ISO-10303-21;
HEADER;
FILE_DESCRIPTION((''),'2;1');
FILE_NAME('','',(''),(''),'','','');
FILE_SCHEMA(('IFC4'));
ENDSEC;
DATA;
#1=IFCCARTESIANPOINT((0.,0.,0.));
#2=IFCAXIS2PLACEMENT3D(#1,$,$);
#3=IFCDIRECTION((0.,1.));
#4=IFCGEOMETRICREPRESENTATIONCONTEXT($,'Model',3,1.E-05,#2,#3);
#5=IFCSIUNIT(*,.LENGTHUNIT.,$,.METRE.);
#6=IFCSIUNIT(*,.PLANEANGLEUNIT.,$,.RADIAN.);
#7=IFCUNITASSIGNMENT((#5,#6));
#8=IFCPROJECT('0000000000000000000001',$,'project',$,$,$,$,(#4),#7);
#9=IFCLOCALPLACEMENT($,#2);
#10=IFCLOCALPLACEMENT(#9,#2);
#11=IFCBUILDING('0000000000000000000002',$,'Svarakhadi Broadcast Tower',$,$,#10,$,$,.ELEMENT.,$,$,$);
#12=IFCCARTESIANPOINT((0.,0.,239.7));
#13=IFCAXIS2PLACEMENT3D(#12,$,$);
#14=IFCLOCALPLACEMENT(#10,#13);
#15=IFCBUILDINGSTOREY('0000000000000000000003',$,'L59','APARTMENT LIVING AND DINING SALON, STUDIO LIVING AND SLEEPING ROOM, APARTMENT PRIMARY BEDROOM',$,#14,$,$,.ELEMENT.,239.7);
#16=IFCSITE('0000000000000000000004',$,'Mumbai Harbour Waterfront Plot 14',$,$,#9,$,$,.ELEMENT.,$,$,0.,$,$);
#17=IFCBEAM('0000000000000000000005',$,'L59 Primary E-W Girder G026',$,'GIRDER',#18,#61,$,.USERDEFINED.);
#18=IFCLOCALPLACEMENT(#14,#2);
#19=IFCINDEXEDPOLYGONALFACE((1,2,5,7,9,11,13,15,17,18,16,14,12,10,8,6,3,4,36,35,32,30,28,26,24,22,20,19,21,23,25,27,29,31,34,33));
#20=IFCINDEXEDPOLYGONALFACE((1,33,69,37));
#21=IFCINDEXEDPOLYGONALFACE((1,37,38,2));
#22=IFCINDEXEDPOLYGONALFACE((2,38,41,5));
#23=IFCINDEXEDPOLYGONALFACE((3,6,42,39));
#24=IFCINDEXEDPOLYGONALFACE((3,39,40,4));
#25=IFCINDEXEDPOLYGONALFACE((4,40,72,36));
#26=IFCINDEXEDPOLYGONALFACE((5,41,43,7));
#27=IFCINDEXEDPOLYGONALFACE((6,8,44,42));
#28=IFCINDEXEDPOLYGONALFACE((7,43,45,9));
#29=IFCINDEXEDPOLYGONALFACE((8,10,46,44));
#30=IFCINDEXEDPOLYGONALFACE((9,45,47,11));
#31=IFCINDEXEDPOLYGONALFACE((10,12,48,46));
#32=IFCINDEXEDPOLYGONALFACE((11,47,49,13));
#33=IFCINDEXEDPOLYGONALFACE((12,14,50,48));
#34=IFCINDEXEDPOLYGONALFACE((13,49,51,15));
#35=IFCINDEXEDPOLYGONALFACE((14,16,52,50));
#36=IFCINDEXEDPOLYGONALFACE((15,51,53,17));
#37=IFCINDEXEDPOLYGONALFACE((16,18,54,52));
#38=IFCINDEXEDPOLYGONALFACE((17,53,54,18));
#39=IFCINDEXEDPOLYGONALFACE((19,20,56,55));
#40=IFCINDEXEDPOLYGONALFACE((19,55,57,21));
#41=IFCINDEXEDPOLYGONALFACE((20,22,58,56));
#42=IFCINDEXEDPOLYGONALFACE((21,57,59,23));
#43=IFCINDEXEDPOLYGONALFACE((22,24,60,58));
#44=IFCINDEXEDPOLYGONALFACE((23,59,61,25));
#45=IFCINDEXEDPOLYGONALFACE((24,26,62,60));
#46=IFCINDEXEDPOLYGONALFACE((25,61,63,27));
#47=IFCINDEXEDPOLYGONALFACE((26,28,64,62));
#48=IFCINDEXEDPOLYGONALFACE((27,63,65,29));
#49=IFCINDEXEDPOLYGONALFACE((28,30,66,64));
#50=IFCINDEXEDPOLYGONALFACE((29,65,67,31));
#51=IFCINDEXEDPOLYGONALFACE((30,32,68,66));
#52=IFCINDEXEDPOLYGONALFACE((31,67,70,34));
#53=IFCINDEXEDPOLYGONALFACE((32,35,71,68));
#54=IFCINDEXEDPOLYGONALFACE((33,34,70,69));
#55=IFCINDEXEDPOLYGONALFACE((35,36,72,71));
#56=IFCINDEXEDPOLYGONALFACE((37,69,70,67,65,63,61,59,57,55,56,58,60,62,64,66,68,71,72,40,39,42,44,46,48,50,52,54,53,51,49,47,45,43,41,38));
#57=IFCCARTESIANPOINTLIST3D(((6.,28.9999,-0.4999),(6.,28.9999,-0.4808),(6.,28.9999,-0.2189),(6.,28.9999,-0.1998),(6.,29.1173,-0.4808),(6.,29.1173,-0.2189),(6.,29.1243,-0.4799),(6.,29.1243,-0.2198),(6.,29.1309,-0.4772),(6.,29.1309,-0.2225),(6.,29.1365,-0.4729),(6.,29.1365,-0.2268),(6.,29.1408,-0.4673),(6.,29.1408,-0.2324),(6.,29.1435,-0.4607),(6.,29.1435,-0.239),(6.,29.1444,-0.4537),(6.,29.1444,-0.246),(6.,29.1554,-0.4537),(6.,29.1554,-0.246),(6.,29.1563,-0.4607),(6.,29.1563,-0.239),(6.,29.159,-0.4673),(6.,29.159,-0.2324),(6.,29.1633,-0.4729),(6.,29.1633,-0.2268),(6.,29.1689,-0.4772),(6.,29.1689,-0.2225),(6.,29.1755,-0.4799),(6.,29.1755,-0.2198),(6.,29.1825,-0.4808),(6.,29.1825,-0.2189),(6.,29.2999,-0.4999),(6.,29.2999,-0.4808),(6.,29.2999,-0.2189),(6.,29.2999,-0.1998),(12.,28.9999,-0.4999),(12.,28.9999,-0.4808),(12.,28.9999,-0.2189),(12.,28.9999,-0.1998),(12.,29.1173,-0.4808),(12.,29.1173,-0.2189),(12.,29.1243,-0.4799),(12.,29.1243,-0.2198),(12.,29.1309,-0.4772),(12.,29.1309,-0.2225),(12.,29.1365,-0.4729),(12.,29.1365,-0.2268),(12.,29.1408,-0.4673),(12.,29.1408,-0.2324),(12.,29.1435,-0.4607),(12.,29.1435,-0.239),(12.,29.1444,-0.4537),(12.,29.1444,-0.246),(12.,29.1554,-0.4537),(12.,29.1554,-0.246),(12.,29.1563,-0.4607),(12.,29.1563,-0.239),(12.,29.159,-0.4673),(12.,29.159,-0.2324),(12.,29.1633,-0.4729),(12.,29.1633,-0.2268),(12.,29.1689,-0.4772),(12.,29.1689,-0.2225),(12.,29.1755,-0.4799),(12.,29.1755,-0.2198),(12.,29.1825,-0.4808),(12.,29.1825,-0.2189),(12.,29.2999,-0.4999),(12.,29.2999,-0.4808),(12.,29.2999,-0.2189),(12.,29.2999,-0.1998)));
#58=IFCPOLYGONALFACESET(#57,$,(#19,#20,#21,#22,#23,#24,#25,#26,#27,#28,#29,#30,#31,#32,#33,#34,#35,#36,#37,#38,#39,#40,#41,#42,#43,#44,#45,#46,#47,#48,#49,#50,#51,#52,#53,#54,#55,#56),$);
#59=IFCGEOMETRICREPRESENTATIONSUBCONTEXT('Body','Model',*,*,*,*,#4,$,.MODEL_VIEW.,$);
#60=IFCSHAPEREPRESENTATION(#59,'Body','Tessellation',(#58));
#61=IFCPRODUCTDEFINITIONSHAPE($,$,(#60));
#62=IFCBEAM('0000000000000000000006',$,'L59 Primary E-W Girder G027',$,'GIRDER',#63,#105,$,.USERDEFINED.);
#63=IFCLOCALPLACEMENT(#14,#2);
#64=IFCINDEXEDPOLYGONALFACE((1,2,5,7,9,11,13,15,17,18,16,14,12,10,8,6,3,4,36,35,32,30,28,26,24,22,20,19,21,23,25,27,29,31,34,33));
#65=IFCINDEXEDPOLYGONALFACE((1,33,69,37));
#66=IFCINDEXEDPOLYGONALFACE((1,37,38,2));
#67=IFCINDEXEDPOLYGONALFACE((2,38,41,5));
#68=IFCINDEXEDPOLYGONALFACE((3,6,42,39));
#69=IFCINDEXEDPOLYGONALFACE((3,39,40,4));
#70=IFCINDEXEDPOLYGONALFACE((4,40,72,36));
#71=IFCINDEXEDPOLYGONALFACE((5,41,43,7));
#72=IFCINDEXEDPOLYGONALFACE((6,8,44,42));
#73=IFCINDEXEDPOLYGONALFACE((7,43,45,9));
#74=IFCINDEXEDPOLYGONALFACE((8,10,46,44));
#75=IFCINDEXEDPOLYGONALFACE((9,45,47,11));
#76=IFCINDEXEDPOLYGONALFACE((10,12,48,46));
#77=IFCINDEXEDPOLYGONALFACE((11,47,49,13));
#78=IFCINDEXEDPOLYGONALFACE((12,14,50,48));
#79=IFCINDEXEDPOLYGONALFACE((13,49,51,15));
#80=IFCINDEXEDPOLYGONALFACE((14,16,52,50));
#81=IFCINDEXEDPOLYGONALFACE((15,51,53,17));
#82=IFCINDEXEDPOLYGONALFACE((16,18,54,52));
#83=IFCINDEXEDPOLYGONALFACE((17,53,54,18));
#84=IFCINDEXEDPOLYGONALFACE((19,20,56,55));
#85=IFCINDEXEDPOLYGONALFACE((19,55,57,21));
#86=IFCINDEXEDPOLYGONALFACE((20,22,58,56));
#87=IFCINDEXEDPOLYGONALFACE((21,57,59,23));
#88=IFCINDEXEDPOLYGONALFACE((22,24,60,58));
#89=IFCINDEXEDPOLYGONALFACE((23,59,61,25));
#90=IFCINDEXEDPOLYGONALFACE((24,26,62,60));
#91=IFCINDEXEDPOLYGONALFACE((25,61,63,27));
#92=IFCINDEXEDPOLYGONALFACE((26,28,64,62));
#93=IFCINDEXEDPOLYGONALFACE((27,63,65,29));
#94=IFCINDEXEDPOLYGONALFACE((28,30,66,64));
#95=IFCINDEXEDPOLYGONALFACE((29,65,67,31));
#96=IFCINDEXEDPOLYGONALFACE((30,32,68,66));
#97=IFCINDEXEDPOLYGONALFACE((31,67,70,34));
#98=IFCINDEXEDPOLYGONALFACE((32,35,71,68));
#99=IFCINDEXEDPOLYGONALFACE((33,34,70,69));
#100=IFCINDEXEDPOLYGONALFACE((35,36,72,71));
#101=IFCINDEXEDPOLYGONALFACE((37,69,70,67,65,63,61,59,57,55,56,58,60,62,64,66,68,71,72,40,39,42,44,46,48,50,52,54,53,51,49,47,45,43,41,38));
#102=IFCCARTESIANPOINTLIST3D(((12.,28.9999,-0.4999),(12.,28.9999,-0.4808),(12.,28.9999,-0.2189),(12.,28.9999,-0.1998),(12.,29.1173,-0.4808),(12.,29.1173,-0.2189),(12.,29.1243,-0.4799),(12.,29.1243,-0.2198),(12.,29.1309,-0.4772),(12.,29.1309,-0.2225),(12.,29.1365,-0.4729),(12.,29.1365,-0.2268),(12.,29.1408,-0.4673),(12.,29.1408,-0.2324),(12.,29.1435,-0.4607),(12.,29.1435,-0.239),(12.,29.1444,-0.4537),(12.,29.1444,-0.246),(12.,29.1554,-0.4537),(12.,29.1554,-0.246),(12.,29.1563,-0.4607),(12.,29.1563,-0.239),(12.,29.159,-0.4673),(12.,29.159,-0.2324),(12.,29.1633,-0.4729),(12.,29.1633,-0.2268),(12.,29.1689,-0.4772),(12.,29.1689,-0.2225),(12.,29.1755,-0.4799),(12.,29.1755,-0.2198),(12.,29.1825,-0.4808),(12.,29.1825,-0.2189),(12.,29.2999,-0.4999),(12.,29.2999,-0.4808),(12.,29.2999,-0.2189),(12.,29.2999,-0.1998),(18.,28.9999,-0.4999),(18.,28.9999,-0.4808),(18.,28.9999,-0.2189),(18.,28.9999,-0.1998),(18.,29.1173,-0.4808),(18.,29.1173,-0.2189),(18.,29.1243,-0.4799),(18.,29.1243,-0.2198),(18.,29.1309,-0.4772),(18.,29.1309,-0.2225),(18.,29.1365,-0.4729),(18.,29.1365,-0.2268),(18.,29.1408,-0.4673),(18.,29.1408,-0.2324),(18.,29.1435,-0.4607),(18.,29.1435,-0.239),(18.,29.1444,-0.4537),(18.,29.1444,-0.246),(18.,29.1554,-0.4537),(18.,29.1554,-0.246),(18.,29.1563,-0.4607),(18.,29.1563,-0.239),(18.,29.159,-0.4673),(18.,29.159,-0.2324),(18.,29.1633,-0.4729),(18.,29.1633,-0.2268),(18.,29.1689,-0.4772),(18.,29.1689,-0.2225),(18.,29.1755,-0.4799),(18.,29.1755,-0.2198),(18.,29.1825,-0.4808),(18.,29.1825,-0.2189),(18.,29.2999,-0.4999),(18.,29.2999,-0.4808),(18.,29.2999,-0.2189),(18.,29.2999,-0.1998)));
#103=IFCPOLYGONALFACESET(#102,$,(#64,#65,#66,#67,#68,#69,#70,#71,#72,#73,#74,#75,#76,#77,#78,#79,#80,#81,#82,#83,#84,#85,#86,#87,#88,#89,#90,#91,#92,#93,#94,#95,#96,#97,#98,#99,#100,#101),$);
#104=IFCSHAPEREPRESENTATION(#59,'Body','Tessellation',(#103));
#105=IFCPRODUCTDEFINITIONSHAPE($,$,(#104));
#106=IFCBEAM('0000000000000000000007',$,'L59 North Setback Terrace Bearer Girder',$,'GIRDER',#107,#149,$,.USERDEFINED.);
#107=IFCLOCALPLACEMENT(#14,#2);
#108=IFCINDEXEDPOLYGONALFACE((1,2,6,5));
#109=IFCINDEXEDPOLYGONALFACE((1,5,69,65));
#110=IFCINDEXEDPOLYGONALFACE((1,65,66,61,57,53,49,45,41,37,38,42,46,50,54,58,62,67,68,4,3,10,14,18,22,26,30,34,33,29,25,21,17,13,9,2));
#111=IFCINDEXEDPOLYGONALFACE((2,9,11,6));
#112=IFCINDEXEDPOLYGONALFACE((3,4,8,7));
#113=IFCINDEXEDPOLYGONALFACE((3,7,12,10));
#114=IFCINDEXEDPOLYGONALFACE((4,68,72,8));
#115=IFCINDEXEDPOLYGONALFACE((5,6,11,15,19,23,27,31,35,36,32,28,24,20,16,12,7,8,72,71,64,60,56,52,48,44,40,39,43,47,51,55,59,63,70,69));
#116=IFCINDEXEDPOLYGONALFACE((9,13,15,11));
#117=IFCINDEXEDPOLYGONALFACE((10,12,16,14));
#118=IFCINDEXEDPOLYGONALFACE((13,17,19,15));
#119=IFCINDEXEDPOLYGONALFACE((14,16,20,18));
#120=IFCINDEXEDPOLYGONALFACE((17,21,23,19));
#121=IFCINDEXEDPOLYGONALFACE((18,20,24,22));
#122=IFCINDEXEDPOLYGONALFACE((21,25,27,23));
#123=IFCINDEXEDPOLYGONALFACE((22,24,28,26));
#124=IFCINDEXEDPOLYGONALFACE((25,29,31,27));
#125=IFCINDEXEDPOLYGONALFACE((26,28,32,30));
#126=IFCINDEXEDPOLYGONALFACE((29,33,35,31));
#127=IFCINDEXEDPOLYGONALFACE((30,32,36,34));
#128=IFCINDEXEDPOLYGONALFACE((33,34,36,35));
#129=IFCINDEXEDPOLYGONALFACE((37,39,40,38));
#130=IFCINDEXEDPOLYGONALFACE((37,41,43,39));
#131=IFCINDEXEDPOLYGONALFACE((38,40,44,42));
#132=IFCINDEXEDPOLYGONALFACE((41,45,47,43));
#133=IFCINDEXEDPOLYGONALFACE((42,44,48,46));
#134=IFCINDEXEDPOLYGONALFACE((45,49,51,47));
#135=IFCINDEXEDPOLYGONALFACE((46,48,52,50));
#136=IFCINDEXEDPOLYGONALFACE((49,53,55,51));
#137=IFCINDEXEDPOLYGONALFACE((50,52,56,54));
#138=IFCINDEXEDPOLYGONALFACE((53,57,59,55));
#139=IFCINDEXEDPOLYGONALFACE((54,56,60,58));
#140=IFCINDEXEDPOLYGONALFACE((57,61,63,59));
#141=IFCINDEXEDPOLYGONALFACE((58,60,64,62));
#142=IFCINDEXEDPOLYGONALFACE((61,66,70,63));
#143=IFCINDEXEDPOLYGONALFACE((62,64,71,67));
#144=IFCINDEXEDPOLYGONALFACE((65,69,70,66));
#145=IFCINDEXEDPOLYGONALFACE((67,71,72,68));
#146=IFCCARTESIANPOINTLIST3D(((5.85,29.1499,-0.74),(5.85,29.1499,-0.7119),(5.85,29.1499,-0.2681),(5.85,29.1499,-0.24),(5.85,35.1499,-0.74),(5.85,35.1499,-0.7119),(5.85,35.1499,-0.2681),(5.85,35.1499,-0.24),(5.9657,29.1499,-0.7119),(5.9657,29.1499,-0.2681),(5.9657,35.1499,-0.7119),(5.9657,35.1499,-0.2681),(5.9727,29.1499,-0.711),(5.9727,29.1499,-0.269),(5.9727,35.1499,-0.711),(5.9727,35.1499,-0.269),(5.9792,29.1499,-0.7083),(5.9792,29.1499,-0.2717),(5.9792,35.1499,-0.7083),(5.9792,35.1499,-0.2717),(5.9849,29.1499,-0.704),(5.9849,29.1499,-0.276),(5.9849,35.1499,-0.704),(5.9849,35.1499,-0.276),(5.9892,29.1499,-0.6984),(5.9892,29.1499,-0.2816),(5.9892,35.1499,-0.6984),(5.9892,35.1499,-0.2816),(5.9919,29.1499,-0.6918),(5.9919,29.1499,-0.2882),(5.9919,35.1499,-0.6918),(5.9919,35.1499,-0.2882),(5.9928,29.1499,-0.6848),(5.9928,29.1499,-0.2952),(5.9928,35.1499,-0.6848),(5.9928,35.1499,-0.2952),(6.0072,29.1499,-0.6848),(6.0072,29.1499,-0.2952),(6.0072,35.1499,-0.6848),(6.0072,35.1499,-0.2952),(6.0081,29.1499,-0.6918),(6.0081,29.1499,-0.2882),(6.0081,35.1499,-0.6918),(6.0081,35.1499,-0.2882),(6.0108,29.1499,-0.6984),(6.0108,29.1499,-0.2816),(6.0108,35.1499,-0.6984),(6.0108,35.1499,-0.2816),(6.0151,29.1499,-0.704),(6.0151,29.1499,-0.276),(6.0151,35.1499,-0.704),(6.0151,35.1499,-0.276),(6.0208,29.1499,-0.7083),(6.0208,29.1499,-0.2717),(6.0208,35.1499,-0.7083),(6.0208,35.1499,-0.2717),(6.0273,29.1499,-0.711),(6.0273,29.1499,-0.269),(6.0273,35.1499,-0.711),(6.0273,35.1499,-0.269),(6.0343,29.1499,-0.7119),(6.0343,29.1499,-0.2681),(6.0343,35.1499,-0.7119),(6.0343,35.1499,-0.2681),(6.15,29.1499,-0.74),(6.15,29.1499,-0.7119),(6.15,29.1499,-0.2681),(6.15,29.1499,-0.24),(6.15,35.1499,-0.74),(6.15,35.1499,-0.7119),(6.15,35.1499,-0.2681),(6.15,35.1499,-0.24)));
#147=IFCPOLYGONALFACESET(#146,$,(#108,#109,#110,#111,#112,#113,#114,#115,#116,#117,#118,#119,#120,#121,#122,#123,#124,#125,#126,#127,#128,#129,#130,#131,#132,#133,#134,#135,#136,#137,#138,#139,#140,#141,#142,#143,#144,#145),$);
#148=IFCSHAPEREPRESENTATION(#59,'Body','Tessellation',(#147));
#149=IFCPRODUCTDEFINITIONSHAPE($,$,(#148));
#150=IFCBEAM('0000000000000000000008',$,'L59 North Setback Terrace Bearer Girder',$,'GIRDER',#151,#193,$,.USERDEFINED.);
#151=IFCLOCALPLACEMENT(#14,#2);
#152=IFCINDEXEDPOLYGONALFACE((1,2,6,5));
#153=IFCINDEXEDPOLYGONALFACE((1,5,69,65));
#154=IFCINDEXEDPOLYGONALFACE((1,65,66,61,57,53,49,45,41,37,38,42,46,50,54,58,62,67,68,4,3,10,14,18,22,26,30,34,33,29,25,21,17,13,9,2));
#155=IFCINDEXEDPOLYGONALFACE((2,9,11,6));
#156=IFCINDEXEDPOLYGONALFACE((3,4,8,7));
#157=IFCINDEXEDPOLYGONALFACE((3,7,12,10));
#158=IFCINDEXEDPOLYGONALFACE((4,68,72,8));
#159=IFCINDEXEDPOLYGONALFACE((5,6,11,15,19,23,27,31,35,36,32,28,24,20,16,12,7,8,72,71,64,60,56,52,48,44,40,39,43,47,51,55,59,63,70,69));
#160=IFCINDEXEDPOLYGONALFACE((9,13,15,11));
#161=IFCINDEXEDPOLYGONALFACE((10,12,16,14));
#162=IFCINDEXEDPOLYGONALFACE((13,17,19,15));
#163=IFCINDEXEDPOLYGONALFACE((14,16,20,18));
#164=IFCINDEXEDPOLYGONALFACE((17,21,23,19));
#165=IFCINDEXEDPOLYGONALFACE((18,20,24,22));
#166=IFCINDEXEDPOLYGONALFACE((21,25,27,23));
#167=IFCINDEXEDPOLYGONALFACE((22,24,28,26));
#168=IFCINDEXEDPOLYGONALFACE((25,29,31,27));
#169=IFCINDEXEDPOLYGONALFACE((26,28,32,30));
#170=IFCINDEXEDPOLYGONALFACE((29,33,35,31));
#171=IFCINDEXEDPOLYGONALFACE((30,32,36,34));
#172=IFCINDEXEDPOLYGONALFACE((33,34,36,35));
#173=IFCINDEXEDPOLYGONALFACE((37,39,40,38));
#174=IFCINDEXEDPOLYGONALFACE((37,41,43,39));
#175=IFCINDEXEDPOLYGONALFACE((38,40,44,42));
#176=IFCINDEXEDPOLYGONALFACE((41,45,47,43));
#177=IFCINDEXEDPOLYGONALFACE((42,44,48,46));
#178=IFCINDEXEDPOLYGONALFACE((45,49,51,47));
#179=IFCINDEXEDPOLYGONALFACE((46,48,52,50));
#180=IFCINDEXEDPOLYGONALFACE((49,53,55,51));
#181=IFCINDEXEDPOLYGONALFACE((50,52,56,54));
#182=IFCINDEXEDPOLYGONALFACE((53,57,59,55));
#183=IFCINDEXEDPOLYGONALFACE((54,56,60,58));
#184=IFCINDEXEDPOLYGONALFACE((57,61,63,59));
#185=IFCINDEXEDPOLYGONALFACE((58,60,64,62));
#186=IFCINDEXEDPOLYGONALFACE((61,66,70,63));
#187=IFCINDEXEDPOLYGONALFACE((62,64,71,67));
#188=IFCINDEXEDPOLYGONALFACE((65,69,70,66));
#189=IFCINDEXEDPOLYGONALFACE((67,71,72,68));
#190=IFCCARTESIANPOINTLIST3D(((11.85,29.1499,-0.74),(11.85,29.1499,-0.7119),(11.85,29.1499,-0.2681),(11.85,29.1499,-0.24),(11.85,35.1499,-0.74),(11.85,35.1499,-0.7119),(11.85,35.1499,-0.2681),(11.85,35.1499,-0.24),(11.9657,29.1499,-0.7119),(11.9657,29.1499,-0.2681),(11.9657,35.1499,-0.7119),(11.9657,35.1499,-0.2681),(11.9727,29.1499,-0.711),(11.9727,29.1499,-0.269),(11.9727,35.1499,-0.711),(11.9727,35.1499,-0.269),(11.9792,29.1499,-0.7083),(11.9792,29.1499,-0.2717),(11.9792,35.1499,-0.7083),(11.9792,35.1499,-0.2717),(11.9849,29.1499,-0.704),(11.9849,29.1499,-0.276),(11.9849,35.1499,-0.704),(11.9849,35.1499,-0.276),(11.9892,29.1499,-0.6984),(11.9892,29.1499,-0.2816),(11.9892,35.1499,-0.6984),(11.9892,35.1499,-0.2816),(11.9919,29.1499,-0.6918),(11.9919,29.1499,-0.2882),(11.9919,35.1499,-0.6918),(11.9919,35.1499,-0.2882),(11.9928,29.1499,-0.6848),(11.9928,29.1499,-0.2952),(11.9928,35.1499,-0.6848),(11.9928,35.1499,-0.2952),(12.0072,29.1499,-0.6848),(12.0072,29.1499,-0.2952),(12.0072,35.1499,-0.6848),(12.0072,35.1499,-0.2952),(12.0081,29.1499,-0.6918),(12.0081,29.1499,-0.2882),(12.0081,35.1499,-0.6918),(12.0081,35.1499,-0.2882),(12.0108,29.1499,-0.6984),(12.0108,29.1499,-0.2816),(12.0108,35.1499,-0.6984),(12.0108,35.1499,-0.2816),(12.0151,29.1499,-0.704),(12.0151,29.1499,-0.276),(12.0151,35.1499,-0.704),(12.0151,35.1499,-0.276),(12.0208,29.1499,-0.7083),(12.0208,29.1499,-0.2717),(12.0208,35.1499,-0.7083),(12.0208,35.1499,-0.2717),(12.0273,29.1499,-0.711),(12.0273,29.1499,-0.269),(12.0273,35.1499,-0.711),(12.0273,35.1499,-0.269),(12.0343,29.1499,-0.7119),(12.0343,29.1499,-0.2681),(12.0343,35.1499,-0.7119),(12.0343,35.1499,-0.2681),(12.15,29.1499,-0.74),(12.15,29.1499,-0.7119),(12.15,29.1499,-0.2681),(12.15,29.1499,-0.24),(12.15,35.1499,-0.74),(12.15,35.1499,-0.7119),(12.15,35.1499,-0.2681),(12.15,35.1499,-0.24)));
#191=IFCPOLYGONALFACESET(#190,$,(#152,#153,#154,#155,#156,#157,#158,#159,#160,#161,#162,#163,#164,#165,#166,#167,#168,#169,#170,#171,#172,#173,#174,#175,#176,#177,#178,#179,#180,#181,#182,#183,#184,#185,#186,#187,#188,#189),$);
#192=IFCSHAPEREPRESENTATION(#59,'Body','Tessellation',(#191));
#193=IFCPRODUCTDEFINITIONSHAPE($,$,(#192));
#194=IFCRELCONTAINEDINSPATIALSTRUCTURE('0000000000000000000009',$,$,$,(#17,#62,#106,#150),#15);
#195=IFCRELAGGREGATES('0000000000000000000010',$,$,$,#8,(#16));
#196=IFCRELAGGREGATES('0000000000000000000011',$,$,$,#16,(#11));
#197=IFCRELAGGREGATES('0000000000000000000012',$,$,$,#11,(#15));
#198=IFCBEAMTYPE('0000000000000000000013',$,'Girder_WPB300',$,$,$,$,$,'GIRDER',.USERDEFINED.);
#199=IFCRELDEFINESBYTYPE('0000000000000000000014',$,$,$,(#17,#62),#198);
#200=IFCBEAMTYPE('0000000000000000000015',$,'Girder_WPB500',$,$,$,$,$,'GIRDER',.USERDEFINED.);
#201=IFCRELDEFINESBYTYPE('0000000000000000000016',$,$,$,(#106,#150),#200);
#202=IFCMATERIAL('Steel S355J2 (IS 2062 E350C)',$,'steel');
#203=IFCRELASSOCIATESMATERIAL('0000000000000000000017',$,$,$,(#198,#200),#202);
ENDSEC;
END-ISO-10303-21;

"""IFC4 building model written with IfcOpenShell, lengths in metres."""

from ifc_helpers import new_model, si_unit, direction, frame, origin, origin_2d, place, context, subcontext, project, spatial, i_section, extrude, material, material_profile, profile_set, type_object, element, save


model = new_model("IFC4")

# Units and contexts
model_context = context("Model", 3, precision=1e-05, world=origin(), true_north=direction((0.0, 1.0)))
body_context = subcontext(model_context, "Body", "Model", "MODEL_VIEW")
ifc_project = project(units=[si_unit("LENGTHUNIT", "METRE"), si_unit("PLANEANGLEUNIT", "RADIAN")], contexts=[model_context])

# Site, building, storey
site_placement = place(None, origin())
site = spatial("IfcSite", under=ifc_project, at=site_placement, Name="Mumbai Harbour Waterfront Plot 14", CompositionType="ELEMENT", RefElevation=0.0)
building_placement = place(site_placement, origin())
building = spatial("IfcBuilding", under=site, at=building_placement, Name="Svarakhadi Broadcast Tower", CompositionType="ELEMENT")
storey_placement = place(building_placement, frame((0.0, 0.0, 239.7)))
storey = spatial("IfcBuildingStorey", under=building, at=storey_placement, Name="L59", Description="APARTMENT LIVING AND DINING SALON, STUDIO LIVING AND SLEEPING ROOM, APARTMENT PRIMARY BEDROOM", CompositionType="ELEMENT", Elevation=239.7)

# Beams
ifc_material_1 = material(Name="Steel S355J2 (IS 2062 E350C)", Category="steel")
ifc_material_profile_1 = material_profile(ifc_material_1, i_section(OverallWidth=0.3, OverallDepth=0.3, WebThickness=0.011, FlangeThickness=0.019, FilletRadius=0.0271, at=origin_2d()), Name="WPB 300x300x117")
ifc_profile_set_1 = profile_set([ifc_material_profile_1], Name="Steel S355J2 (IS 2062 E350C)")
beam_type_1 = type_object("IfcBeamType", Name="Girder_WPB300", ElementType="GIRDER", PredefinedType="USERDEFINED", material=ifc_profile_set_1)
for number, where, z_axis, x_axis, name in (
    (1, (6.0, 29.1499, -0.3499), (1.0, 0.0, 0.0), (0.0, 1.0, 0.0), "L59 Primary E-W Girder G026"),
    (2, (12.0, 29.1499, -0.3499), (1.0, 0.0, 0.0), (0.0, 1.0, 0.0), "L59 Primary E-W Girder G027"),
):
    element("IfcBeam", number, at=place(storey_placement, frame(where, z_axis=z_axis, x_axis=x_axis)), inside=storey, type_object=beam_type_1, Name=name, ObjectType="GIRDER", PredefinedType="USERDEFINED", context=body_context, shape_type="SweptSolid", body=[
        extrude(i_section(OverallWidth=0.3, OverallDepth=0.3, WebThickness=0.011, FlangeThickness=0.019, FilletRadius=0.0271, at=origin_2d()), origin(), (0.0, 0.0, 1.0), 6.0),
    ])
ifc_material_profile_2 = material_profile(ifc_material_1, i_section(OverallWidth=0.3, OverallDepth=0.5, WebThickness=0.0144, FlangeThickness=0.0281, FilletRadius=0.0271, at=origin_2d()), Name="WPB 500x300x187")
ifc_profile_set_2 = profile_set([ifc_material_profile_2], Name="Steel S355J2 (IS 2062 E350C)")
beam_type_2 = type_object("IfcBeamType", Name="Girder_WPB500", ElementType="GIRDER", PredefinedType="USERDEFINED", material=ifc_profile_set_2)
for number, where, z_axis, x_axis, name in (
    (3, (6.0, 29.1499, -0.49), (0.0, 1.0, 0.0), (-1.0, 0.0, 0.0), "L59 North Setback Terrace Bearer Girder"),
    (4, (12.0, 29.1499, -0.49), (0.0, 1.0, 0.0), (-1.0, 0.0, 0.0), "L59 North Setback Terrace Bearer Girder"),
):
    element("IfcBeam", number, at=place(storey_placement, frame(where, z_axis=z_axis, x_axis=x_axis)), inside=storey, type_object=beam_type_2, Name=name, ObjectType="GIRDER", PredefinedType="USERDEFINED", context=body_context, shape_type="SweptSolid", body=[
        extrude(i_section(OverallWidth=0.3, OverallDepth=0.5, WebThickness=0.0144, FlangeThickness=0.0281, FilletRadius=0.0271, at=origin_2d()), origin(), (0.0, 0.0, 1.0), 6.0),
    ])

save(model, "model.ifc")
